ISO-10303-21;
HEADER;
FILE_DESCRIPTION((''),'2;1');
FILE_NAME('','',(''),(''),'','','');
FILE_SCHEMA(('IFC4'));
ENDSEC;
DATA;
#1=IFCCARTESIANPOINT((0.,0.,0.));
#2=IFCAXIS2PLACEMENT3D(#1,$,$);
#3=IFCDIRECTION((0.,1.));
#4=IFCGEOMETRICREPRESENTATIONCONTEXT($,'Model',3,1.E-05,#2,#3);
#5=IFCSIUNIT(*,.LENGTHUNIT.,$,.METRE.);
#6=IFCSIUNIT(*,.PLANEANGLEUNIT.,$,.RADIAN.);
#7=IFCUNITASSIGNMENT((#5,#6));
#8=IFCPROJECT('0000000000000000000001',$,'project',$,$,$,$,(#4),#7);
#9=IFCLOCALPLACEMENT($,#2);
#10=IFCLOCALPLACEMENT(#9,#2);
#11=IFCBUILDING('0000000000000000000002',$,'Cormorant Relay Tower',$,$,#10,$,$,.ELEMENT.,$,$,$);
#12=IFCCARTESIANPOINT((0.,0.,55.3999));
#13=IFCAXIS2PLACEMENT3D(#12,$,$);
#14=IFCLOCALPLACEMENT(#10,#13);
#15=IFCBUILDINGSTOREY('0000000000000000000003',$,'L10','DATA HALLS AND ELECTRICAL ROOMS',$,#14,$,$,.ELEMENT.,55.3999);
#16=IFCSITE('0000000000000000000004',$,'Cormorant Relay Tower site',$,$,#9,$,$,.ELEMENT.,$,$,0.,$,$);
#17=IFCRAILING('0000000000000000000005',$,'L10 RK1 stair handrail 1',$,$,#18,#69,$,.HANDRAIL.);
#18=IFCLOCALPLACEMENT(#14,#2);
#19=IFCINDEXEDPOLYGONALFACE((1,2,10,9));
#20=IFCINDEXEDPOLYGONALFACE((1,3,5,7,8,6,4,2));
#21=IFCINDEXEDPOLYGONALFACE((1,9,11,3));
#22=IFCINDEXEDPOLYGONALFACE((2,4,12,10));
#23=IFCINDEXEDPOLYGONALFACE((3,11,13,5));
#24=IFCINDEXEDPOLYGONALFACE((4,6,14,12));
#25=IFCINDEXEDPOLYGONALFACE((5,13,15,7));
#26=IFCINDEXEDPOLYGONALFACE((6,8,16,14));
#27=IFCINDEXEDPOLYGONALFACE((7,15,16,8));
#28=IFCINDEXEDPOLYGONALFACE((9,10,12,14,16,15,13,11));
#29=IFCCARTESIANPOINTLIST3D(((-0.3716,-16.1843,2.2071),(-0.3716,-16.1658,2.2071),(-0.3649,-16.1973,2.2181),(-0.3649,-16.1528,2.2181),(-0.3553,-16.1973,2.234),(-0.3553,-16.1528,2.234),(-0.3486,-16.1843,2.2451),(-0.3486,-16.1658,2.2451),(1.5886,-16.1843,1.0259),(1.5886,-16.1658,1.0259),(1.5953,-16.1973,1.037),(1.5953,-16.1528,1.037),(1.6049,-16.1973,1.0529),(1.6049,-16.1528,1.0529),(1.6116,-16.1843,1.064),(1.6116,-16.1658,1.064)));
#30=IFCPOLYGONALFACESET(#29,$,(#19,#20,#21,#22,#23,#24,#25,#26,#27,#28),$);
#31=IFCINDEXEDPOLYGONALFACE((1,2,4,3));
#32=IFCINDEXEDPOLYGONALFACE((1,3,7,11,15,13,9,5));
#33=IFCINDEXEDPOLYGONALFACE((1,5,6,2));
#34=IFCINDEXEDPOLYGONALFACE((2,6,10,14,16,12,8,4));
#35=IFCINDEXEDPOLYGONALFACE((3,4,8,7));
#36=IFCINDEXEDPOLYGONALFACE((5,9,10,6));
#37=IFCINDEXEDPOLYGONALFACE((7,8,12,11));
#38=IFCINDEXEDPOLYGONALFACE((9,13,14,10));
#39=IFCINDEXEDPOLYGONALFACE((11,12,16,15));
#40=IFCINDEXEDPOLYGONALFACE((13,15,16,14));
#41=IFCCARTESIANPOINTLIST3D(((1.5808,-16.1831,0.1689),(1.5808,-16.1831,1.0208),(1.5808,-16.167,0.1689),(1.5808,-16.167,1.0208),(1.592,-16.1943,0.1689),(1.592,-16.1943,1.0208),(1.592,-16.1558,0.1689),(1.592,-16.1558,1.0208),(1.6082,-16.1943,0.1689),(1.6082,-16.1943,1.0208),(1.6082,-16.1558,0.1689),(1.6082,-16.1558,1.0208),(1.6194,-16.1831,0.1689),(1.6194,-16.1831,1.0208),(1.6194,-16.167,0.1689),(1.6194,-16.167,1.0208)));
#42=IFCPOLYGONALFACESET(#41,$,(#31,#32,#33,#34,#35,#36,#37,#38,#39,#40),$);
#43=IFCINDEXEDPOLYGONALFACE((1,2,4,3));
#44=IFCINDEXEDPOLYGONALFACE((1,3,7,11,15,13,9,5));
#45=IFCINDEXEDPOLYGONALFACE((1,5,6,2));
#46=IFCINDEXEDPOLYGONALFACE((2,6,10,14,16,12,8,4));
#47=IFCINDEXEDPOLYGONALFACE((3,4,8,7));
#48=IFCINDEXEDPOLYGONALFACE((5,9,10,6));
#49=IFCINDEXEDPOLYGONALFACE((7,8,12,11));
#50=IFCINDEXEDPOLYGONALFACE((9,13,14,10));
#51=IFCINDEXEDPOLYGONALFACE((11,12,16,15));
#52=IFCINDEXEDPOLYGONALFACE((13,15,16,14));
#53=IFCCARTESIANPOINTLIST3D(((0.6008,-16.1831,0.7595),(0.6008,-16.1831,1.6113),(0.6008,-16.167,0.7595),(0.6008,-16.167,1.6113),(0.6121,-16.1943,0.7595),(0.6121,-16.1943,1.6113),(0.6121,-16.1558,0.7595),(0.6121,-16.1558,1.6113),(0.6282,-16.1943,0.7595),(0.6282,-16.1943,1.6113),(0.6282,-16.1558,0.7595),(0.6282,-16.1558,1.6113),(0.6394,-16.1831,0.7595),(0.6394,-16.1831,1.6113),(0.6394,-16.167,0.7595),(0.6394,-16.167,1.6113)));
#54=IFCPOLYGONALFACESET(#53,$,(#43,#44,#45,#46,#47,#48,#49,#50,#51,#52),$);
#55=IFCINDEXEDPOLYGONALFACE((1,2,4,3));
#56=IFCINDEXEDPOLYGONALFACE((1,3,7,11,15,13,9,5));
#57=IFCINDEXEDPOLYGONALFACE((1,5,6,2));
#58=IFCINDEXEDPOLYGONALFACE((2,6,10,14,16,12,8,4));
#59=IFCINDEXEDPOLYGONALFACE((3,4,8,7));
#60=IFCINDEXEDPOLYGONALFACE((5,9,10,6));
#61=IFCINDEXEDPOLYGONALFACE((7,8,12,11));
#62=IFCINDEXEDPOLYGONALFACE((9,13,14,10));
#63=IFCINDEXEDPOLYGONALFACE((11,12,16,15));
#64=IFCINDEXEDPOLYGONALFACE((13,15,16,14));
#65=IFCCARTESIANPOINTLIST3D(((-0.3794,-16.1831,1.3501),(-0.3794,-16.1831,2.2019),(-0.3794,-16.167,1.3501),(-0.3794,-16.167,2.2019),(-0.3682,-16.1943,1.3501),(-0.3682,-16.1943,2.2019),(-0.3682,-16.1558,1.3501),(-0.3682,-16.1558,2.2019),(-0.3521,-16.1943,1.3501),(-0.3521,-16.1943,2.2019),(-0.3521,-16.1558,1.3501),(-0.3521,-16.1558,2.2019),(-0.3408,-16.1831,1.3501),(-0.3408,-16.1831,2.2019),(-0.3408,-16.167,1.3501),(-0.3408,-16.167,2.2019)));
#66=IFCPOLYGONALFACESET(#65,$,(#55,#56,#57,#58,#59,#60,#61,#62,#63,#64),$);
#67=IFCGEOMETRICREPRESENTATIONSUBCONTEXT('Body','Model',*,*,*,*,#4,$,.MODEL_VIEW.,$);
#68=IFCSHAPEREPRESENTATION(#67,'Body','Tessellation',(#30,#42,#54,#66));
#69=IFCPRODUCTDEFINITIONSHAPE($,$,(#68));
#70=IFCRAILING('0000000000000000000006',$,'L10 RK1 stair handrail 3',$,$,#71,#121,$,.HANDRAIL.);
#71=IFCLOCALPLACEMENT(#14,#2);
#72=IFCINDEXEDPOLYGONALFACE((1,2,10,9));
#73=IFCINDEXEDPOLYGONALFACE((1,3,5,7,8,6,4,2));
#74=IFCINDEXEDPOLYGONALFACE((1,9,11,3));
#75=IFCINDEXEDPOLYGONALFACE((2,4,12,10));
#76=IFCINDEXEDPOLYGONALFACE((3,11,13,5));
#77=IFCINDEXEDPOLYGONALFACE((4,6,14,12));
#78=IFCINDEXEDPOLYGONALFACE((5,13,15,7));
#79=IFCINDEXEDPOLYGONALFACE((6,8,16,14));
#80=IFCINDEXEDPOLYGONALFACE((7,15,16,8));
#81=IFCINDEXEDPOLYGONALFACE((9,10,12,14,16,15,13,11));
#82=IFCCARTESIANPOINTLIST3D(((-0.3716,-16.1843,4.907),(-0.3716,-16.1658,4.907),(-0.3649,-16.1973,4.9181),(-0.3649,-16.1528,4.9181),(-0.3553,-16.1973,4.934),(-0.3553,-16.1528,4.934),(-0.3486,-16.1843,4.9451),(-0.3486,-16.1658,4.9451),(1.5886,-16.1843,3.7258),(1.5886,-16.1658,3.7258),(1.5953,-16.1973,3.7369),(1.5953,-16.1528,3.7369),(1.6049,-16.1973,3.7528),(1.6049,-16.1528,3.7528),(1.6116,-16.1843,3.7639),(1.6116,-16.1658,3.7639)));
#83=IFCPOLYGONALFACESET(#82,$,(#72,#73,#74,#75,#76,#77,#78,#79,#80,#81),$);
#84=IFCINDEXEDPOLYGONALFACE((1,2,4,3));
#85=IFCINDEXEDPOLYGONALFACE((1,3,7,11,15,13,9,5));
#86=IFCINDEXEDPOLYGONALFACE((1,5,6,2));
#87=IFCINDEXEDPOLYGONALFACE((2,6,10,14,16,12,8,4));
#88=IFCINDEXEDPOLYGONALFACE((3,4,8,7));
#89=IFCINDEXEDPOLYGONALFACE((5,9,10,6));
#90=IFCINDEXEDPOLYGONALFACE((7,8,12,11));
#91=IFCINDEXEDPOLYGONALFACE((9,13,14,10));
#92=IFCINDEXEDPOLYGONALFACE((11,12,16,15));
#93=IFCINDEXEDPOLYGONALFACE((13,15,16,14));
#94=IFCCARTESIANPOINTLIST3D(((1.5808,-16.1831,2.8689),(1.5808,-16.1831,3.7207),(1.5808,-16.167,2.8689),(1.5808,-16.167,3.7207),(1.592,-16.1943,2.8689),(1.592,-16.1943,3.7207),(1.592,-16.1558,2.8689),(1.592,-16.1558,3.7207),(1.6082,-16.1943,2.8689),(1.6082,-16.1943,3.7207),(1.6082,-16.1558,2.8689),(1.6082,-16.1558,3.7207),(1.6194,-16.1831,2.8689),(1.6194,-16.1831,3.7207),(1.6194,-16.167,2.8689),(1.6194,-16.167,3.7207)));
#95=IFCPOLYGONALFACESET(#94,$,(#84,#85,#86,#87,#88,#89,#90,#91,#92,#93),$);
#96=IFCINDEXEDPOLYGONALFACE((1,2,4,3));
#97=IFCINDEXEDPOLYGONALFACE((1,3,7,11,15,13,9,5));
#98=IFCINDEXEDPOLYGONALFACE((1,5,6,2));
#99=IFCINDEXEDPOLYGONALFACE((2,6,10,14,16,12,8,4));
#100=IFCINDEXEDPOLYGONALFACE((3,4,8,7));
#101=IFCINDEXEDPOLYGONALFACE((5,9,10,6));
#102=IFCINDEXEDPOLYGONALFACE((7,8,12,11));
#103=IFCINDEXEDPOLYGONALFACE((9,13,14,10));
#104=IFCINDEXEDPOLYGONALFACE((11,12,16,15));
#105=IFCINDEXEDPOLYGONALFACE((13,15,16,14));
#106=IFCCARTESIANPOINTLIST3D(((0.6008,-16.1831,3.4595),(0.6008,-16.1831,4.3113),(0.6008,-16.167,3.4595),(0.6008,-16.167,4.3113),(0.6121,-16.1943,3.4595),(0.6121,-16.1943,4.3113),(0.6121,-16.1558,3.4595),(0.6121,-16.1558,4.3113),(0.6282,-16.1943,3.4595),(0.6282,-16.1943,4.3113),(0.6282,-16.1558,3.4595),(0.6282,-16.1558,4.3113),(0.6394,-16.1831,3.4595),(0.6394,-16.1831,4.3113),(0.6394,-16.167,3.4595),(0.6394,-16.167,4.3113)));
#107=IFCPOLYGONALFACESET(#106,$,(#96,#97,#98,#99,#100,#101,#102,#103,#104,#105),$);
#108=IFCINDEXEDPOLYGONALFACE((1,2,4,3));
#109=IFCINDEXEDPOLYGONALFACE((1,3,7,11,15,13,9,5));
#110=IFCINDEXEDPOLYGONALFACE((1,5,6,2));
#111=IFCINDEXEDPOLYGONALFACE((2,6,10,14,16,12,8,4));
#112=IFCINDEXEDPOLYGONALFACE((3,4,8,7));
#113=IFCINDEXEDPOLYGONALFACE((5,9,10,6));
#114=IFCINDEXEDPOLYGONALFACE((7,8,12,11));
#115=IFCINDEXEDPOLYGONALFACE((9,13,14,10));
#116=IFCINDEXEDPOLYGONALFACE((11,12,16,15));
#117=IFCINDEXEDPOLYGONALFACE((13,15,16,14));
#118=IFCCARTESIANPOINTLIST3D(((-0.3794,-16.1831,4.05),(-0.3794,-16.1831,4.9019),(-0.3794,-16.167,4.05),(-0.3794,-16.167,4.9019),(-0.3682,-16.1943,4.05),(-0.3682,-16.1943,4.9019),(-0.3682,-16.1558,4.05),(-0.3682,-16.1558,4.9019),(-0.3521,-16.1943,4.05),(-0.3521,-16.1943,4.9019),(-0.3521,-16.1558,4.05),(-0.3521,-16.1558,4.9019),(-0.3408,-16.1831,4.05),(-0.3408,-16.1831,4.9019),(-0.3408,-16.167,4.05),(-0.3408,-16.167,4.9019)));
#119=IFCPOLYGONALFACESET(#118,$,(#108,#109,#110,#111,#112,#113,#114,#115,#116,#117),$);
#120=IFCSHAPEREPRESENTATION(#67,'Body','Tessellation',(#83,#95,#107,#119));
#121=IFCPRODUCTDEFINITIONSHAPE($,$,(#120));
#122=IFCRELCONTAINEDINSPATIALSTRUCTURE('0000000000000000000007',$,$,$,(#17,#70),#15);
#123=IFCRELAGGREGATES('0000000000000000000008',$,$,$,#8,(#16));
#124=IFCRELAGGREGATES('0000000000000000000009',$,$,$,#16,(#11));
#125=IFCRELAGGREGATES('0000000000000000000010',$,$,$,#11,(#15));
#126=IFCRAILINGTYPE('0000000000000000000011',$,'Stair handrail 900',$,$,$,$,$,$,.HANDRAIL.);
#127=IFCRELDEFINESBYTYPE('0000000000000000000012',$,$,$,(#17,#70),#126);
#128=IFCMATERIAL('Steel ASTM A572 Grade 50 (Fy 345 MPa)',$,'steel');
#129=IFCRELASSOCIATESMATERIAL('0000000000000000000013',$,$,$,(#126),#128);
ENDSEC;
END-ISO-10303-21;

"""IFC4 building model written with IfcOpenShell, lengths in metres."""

from ifc_helpers import new_model, si_unit, direction, frame, origin, place, context, subcontext, project, spatial, polyline, outline, extrude, material, type_object, element, save


model = new_model("IFC4")

# Units and contexts
model_context = context("Model", 3, precision=1e-05, world=origin(), true_north=direction((0.0, 1.0)))
body_context = subcontext(model_context, "Body", "Model", "MODEL_VIEW")
ifc_project = project(units=[si_unit("LENGTHUNIT", "METRE"), si_unit("PLANEANGLEUNIT", "RADIAN")], contexts=[model_context])

# Site, building, storey
site_placement = place(None, origin())
site = spatial("IfcSite", under=ifc_project, at=site_placement, Name="Cormorant Relay Tower site", CompositionType="ELEMENT", RefElevation=0.0)
building_placement = place(site_placement, origin())
building = spatial("IfcBuilding", under=site, at=building_placement, Name="Cormorant Relay Tower", CompositionType="ELEMENT")
storey_placement = place(building_placement, frame((0.0, 0.0, 55.3999)))
storey = spatial("IfcBuildingStorey", under=building, at=storey_placement, Name="L10", Description="DATA HALLS AND ELECTRICAL ROOMS", CompositionType="ELEMENT", Elevation=55.3999)

# Railings
ifc_material_1 = material(Name="Steel ASTM A572 Grade 50 (Fy 345 MPa)", Category="steel")
railing_type_1 = type_object("IfcRailingType", Name="Stair handrail 900", PredefinedType="HANDRAIL", material=ifc_material_1)
for number, where, name in (
    (1, (1.6001, -16.175, 0.1689), "L10 RK1 stair handrail 1"),
    (2, (1.6001, -16.175, 2.8689), "L10 RK1 stair handrail 3"),
):
    element("IfcRailing", number, at=place(storey_placement, frame(where)), inside=storey, type_object=railing_type_1, Name=name, PredefinedType="HANDRAIL", context=body_context, shape_type="SweptSolid", body=[
        extrude(outline(polyline([(0.0222, 0.0093), (0.0093, 0.0222), (-0.0093, 0.0222), (-0.0222, 0.0093), (-0.0222, -0.0093), (-0.0093, -0.0222), (0.0093, -0.0222), (0.0222, -0.0093), (0.0222, 0.0093)])), frame((0.0, 0.0, 0.876), z_axis=(-0.856522, 0.0, 0.516111), x_axis=(0.0, -1.0, 0.0)), (0.0, 0.0, 1.0), 2.2886),
        extrude(outline(polyline([(0.0193, 0.0081), (0.0081, 0.0193), (-0.0081, 0.0193), (-0.0193, 0.0081), (-0.0193, -0.0081), (-0.0081, -0.0193), (0.0081, -0.0193), (0.0193, -0.0081), (0.0193, 0.0081)])), origin(), (0.0, 0.0, 1.0), 0.8518),
        extrude(outline(polyline([(0.0193, 0.0081), (0.0081, 0.0193), (-0.0081, 0.0193), (-0.0193, 0.0081), (-0.0193, -0.0081), (-0.0081, -0.0193), (0.0081, -0.0193), (0.0193, -0.0081), (0.0193, 0.0081)])), frame((-0.98, 0.0, 0.5906)), (0.0, 0.0, 1.0), 0.8518),
        extrude(outline(polyline([(0.0193, 0.0081), (0.0081, 0.0193), (-0.0081, 0.0193), (-0.0193, 0.0081), (-0.0193, -0.0081), (-0.0081, -0.0193), (0.0081, -0.0193), (0.0193, -0.0081), (0.0193, 0.0081)])), frame((-1.9602, 0.0, 1.1812)), (0.0, 0.0, 1.0), 0.8518),
    ])

save(model, "model.ifc")
